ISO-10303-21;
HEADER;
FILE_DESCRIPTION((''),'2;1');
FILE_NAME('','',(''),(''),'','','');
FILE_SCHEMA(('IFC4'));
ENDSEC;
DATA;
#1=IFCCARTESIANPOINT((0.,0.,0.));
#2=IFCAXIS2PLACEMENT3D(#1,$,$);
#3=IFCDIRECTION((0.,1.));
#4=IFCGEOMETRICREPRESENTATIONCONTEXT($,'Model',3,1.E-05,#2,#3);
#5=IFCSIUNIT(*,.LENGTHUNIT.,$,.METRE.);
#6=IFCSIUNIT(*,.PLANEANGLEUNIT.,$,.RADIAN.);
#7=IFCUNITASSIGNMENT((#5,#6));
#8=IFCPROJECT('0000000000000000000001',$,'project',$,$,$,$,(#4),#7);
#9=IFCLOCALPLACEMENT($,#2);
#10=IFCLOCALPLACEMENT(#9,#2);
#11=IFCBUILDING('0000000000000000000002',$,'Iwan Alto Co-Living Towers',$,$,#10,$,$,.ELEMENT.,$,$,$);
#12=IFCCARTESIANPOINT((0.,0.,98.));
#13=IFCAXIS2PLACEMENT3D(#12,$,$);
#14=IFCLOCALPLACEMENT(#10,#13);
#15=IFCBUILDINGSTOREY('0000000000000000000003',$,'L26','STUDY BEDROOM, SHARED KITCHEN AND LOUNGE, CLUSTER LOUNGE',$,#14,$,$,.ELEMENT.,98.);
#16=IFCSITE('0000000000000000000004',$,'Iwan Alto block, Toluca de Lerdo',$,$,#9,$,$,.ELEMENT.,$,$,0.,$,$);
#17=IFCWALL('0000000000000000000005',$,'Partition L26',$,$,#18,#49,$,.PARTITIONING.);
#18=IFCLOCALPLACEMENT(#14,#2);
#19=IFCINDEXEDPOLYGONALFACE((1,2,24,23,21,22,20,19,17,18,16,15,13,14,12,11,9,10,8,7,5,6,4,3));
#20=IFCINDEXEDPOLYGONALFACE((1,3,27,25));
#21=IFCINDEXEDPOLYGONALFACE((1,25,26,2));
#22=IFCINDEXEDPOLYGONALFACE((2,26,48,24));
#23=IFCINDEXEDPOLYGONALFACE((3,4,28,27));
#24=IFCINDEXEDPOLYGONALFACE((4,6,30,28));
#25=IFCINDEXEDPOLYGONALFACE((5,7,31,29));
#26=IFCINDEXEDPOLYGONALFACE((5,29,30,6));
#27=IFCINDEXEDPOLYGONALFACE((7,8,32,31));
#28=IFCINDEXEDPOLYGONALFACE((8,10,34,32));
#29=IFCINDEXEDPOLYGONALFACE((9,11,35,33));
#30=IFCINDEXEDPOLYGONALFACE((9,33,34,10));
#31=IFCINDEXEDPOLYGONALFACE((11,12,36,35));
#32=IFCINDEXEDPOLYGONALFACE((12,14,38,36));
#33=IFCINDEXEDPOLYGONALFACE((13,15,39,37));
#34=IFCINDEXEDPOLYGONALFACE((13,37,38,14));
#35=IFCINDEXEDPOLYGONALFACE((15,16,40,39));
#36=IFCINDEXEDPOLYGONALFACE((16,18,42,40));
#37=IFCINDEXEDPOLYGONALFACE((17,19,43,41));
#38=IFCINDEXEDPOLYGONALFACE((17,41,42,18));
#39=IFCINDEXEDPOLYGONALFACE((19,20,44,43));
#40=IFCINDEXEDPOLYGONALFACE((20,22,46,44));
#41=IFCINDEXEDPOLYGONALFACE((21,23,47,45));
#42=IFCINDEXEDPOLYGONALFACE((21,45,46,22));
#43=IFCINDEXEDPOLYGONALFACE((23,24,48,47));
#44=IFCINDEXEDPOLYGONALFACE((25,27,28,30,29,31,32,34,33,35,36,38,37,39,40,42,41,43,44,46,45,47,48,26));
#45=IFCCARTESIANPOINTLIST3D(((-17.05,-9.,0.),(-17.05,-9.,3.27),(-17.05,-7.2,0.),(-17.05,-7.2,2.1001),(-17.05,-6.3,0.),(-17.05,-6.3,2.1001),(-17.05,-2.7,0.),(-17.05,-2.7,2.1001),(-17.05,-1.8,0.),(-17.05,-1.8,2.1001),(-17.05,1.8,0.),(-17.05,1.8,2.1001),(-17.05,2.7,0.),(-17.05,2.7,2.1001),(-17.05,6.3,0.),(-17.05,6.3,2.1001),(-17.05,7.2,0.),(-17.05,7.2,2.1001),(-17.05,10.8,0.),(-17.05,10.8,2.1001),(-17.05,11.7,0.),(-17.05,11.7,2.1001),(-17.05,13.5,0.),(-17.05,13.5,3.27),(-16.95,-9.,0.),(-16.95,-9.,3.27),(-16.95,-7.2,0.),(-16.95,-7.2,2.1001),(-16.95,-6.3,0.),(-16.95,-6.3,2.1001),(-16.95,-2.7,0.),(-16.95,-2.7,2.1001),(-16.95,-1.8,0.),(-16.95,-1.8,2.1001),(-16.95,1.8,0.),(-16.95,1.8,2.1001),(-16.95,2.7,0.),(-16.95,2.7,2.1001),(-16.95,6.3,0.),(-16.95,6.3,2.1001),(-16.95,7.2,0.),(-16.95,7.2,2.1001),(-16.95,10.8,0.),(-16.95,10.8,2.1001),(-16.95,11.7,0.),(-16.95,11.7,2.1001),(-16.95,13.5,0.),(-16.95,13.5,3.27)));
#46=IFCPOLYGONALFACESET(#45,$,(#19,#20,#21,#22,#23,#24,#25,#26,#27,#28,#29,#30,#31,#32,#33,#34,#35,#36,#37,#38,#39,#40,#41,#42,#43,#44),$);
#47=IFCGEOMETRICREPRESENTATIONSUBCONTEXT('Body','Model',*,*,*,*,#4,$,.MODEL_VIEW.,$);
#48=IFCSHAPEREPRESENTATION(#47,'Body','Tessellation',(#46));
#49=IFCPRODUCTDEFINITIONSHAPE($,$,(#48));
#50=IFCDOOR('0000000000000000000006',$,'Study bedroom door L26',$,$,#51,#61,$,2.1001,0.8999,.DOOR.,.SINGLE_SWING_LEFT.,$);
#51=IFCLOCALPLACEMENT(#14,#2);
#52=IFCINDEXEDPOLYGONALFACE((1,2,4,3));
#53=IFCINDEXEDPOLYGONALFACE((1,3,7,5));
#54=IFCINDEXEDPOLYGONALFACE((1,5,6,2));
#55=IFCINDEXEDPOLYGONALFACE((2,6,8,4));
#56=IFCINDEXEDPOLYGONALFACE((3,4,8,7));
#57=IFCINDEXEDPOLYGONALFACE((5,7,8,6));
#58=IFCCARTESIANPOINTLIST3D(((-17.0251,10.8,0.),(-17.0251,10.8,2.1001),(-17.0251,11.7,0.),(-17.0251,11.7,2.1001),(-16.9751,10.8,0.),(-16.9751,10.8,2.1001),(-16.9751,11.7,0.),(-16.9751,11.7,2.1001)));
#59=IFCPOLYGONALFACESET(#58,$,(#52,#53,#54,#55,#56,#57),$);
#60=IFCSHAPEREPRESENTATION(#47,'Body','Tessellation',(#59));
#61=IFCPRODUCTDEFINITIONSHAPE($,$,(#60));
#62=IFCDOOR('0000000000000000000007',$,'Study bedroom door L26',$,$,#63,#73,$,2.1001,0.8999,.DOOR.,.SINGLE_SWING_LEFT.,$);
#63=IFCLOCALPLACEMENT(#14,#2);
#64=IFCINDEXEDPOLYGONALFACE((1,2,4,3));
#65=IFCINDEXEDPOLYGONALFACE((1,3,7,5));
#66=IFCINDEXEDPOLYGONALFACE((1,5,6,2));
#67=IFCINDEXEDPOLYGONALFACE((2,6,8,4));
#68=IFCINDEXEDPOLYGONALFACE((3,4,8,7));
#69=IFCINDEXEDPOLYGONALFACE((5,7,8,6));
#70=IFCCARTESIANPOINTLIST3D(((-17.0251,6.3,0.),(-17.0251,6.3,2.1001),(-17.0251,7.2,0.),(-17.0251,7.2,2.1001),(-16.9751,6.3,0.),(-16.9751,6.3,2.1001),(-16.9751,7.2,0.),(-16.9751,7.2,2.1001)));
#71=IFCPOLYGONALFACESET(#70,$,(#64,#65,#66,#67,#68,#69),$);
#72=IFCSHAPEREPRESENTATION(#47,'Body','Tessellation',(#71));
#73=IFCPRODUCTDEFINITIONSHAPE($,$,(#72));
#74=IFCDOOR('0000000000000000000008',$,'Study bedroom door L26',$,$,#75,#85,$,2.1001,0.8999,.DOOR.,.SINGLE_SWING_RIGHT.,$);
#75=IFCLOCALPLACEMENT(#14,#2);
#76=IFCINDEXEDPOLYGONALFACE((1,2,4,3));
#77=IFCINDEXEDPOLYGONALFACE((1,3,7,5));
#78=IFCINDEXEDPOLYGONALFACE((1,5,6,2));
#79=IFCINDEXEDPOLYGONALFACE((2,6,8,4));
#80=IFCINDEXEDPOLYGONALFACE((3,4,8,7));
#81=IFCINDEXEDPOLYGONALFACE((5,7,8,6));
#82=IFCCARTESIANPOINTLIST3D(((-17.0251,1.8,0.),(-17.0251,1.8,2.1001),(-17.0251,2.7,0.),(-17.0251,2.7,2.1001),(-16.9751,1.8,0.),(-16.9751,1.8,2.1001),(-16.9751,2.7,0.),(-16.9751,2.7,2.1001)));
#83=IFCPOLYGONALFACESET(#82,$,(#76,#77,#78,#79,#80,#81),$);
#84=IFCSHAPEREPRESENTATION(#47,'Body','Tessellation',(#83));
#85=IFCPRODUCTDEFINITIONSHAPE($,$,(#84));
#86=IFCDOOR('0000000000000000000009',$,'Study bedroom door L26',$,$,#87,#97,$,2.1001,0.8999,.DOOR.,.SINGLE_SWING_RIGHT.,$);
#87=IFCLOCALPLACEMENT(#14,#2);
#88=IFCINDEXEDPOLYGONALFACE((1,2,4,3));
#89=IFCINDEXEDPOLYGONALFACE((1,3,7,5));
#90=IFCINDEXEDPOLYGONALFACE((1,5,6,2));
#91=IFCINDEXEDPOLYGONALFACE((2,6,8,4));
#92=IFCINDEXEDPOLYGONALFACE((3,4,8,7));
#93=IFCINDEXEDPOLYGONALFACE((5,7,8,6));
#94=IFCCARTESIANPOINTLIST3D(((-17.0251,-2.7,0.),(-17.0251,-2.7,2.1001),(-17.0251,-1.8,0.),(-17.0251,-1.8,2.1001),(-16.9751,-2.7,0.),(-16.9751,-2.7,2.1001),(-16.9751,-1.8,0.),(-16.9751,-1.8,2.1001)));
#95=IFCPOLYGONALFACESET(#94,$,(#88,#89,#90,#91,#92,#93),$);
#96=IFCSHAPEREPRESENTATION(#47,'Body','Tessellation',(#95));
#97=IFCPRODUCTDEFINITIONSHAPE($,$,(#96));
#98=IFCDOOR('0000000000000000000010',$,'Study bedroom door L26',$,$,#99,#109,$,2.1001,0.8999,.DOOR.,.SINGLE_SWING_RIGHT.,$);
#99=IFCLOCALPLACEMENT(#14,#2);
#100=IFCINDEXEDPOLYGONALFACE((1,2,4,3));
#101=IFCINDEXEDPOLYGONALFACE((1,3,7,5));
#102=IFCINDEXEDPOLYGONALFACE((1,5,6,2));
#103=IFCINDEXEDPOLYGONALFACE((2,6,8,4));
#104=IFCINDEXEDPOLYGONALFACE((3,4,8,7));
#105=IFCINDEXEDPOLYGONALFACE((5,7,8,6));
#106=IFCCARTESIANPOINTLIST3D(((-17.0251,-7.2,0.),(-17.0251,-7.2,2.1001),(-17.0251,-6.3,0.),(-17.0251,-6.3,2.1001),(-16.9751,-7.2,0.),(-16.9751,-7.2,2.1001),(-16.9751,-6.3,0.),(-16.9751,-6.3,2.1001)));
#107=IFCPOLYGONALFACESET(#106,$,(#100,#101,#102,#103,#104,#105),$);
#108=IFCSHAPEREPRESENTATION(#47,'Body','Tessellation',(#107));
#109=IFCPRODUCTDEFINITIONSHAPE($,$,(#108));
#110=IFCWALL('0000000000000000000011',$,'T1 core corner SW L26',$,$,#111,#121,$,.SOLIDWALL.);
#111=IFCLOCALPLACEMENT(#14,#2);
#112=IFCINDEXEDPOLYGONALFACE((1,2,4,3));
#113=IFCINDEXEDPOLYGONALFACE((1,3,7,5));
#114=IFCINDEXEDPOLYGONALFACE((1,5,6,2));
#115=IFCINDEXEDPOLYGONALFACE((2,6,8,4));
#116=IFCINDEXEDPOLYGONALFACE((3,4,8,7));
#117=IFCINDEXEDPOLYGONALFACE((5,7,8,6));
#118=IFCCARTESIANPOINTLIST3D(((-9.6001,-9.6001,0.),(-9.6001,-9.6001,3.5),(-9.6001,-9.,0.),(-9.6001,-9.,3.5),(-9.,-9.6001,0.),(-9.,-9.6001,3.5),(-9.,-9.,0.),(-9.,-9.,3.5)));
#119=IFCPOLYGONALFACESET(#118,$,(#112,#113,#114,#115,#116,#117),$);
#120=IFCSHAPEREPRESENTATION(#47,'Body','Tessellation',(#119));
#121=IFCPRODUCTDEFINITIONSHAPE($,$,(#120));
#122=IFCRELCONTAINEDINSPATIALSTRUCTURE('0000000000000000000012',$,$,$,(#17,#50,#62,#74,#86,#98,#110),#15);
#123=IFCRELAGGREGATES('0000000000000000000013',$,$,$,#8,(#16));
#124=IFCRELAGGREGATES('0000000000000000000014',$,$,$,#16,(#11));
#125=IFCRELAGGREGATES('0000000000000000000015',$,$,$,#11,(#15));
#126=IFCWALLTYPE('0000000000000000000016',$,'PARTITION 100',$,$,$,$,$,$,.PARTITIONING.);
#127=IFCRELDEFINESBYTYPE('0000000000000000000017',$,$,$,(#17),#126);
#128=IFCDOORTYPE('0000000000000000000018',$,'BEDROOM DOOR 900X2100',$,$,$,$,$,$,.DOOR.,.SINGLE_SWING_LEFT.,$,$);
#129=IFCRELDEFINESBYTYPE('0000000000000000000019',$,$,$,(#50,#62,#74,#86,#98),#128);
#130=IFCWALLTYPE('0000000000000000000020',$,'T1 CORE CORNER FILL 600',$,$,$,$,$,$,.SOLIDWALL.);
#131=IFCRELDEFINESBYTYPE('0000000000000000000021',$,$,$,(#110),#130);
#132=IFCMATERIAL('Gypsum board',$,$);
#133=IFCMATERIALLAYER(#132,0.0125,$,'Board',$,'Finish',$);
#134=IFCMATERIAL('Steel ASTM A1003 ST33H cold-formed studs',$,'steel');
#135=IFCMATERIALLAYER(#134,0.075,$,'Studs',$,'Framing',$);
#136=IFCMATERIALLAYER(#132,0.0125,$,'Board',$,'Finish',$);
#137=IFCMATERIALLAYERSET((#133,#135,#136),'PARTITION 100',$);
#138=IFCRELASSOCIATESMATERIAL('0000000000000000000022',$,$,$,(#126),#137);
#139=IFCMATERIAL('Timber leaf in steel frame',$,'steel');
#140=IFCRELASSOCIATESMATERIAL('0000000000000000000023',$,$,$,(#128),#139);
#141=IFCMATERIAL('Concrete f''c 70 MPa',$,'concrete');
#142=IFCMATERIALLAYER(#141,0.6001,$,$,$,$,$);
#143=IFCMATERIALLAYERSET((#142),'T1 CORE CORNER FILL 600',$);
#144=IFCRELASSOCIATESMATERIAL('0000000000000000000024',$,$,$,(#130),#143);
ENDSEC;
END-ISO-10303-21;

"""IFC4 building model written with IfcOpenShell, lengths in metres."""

from ifc_helpers import new_model, si_unit, direction, frame, frame_2d, origin, place, context, subcontext, project, spatial, rectangle, extrude, material, layer, layer_set, type_object, element, fill, save


model = new_model("IFC4")

# Units and contexts
model_context = context("Model", 3, precision=1e-05, world=origin(), true_north=direction((0.0, 1.0)))
body_context = subcontext(model_context, "Body", "Model", "MODEL_VIEW")
ifc_project = project(units=[si_unit("LENGTHUNIT", "METRE"), si_unit("PLANEANGLEUNIT", "RADIAN")], contexts=[model_context])

# Site, building, storey
site_placement = place(None, origin())
site = spatial("IfcSite", under=ifc_project, at=site_placement, Name="Iwan Alto block, Toluca de Lerdo", CompositionType="ELEMENT", RefElevation=0.0)
building_placement = place(site_placement, origin())
building = spatial("IfcBuilding", under=site, at=building_placement, Name="Iwan Alto Co-Living Towers", CompositionType="ELEMENT")
storey_placement = place(building_placement, frame((0.0, 0.0, 98.0)))
storey = spatial("IfcBuildingStorey", under=building, at=storey_placement, Name="L26", Description="STUDY BEDROOM, SHARED KITCHEN AND LOUNGE, CLUSTER LOUNGE", CompositionType="ELEMENT", Elevation=98.0)

# Shared definitions
ifc_material_1 = material(Name="Gypsum board")
ifc_material_2 = material(Name="Steel ASTM A1003 ST33H cold-formed studs", Category="steel")

# Wall, openings, doors
ifc_layer_1 = layer(ifc_material_1, 0.0125, Name="Board", Category="Finish")
ifc_layer_2 = layer(ifc_material_2, 0.075, Name="Studs", Category="Framing")
ifc_layer_3 = layer(ifc_material_1, 0.0125, Name="Board", Category="Finish")
ifc_layer_set_1 = layer_set([ifc_layer_1, ifc_layer_2, ifc_layer_3], Name="PARTITION 100")
wall_type_1 = type_object("IfcWallType", Name="PARTITION 100", PredefinedType="PARTITIONING", material=ifc_layer_set_1)
wall_1_placement = place(storey_placement, frame((-17.0, -9.0, 0.0), z_axis=(0.0, 0.0, 1.0), x_axis=(0.0, 1.0, 0.0)))
wall_1 = element("IfcWall", 1, at=wall_1_placement, inside=storey, type_object=wall_type_1, Name="Partition L26", PredefinedType="PARTITIONING", context=body_context, shape_type="SweptSolid", body=[
    extrude(rectangle(XDim=22.5, YDim=0.1001, at=frame_2d((11.25, 0.0))), origin(), (0.0, 0.0, 1.0), 3.27),
])
opening_1_placement = place(wall_1_placement, frame((19.8, 0.0, 0.0)))
opening_1 = element("IfcOpeningElement", 2, at=opening_1_placement, cuts=wall_1, PredefinedType="OPENING", context=body_context, shape_type="SweptSolid", body=[
    extrude(rectangle(XDim=0.8999, YDim=2.1001, at=frame_2d((0.45, 1.05))), frame((0.0, 0.0601, 0.0), z_axis=(0.0, -1.0, 0.0), x_axis=(1.0, 0.0, 0.0)), (0.0, 0.0, 1.0), 0.1201),
])
opening_2_placement = place(wall_1_placement, frame((15.3, 0.0, 0.0)))
opening_2 = element("IfcOpeningElement", 3, at=opening_2_placement, cuts=wall_1, PredefinedType="OPENING", context=body_context, shape_type="SweptSolid", body=[
    extrude(rectangle(XDim=0.8999, YDim=2.1001, at=frame_2d((0.45, 1.05))), frame((0.0, 0.0601, 0.0), z_axis=(0.0, -1.0, 0.0), x_axis=(1.0, 0.0, 0.0)), (0.0, 0.0, 1.0), 0.1201),
])
opening_3_placement = place(wall_1_placement, frame((10.8, 0.0, 0.0)))
opening_3 = element("IfcOpeningElement", 4, at=opening_3_placement, cuts=wall_1, PredefinedType="OPENING", context=body_context, shape_type="SweptSolid", body=[
    extrude(rectangle(XDim=0.8999, YDim=2.1001, at=frame_2d((0.45, 1.05))), frame((0.0, 0.0601, 0.0), z_axis=(0.0, -1.0, 0.0), x_axis=(1.0, 0.0, 0.0)), (0.0, 0.0, 1.0), 0.1201),
])
opening_4_placement = place(wall_1_placement, frame((6.3, 0.0, 0.0)))
opening_4 = element("IfcOpeningElement", 5, at=opening_4_placement, cuts=wall_1, PredefinedType="OPENING", context=body_context, shape_type="SweptSolid", body=[
    extrude(rectangle(XDim=0.8999, YDim=2.1001, at=frame_2d((0.45, 1.05))), frame((0.0, 0.0601, 0.0), z_axis=(0.0, -1.0, 0.0), x_axis=(1.0, 0.0, 0.0)), (0.0, 0.0, 1.0), 0.1201),
])
opening_5_placement = place(wall_1_placement, frame((1.8, 0.0, 0.0)))
opening_5 = element("IfcOpeningElement", 6, at=opening_5_placement, cuts=wall_1, PredefinedType="OPENING", context=body_context, shape_type="SweptSolid", body=[
    extrude(rectangle(XDim=0.8999, YDim=2.1001, at=frame_2d((0.45, 1.05))), frame((0.0, 0.0601, 0.0), z_axis=(0.0, -1.0, 0.0), x_axis=(1.0, 0.0, 0.0)), (0.0, 0.0, 1.0), 0.1201),
])
ifc_material_3 = material(Name="Timber leaf in steel frame", Category="steel")
door_type_1 = type_object("IfcDoorType", Name="BEDROOM DOOR 900X2100", OperationType="SINGLE_SWING_LEFT", PredefinedType="DOOR", material=ifc_material_3)
door_1_placement = place(opening_1_placement, frame((0.8999, 0.0, 0.0), z_axis=(0.0, 0.0, 1.0), x_axis=(-1.0, 0.0, 0.0)))
door_1 = element("IfcDoor", 7, at=door_1_placement, inside=storey, type_object=door_type_1, Name="Study bedroom door L26", OperationType="SINGLE_SWING_LEFT", OverallHeight=2.1001, OverallWidth=0.8999, PredefinedType="DOOR", context=body_context, shape_type="SweptSolid", body=[
    extrude(rectangle(XDim=0.8999, YDim=2.1001, at=frame_2d((0.45, 1.05))), frame((0.0, 0.0249, 0.0), z_axis=(0.0, -1.0, 0.0), x_axis=(1.0, 0.0, 0.0)), (0.0, 0.0, 1.0), 0.05),
])
fill(opening_1, door_1)
door_2_placement = place(opening_2_placement, frame((0.8999, 0.0, 0.0), z_axis=(0.0, 0.0, 1.0), x_axis=(-1.0, 0.0, 0.0)))
door_2 = element("IfcDoor", 8, at=door_2_placement, inside=storey, type_object=door_type_1, Name="Study bedroom door L26", OperationType="SINGLE_SWING_LEFT", OverallHeight=2.1001, OverallWidth=0.8999, PredefinedType="DOOR", context=body_context, shape_type="SweptSolid", body=[
    extrude(rectangle(XDim=0.8999, YDim=2.1001, at=frame_2d((0.45, 1.05))), frame((0.0, 0.0249, 0.0), z_axis=(0.0, -1.0, 0.0), x_axis=(1.0, 0.0, 0.0)), (0.0, 0.0, 1.0), 0.05),
])
fill(opening_2, door_2)
door_3_placement = place(opening_3_placement, frame((0.8999, 0.0, 0.0), z_axis=(0.0, 0.0, 1.0), x_axis=(-1.0, 0.0, 0.0)))
door_3 = element("IfcDoor", 9, at=door_3_placement, inside=storey, type_object=door_type_1, Name="Study bedroom door L26", OperationType="SINGLE_SWING_RIGHT", OverallHeight=2.1001, OverallWidth=0.8999, PredefinedType="DOOR", context=body_context, shape_type="SweptSolid", body=[
    extrude(rectangle(XDim=0.8999, YDim=2.1001, at=frame_2d((0.45, 1.05))), frame((0.0, 0.0249, 0.0), z_axis=(0.0, -1.0, 0.0), x_axis=(1.0, 0.0, 0.0)), (0.0, 0.0, 1.0), 0.05),
])
fill(opening_3, door_3)
door_4_placement = place(opening_4_placement, frame((0.8999, 0.0, 0.0), z_axis=(0.0, 0.0, 1.0), x_axis=(-1.0, 0.0, 0.0)))
door_4 = element("IfcDoor", 10, at=door_4_placement, inside=storey, type_object=door_type_1, Name="Study bedroom door L26", OperationType="SINGLE_SWING_RIGHT", OverallHeight=2.1001, OverallWidth=0.8999, PredefinedType="DOOR", context=body_context, shape_type="SweptSolid", body=[
    extrude(rectangle(XDim=0.8999, YDim=2.1001, at=frame_2d((0.45, 1.05))), frame((0.0, 0.0249, 0.0), z_axis=(0.0, -1.0, 0.0), x_axis=(1.0, 0.0, 0.0)), (0.0, 0.0, 1.0), 0.05),
])
fill(opening_4, door_4)
door_5_placement = place(opening_5_placement, frame((0.8999, 0.0, 0.0), z_axis=(0.0, 0.0, 1.0), x_axis=(-1.0, 0.0, 0.0)))
door_5 = element("IfcDoor", 11, at=door_5_placement, inside=storey, type_object=door_type_1, Name="Study bedroom door L26", OperationType="SINGLE_SWING_RIGHT", OverallHeight=2.1001, OverallWidth=0.8999, PredefinedType="DOOR", context=body_context, shape_type="SweptSolid", body=[
    extrude(rectangle(XDim=0.8999, YDim=2.1001, at=frame_2d((0.45, 1.05))), frame((0.0, 0.0249, 0.0), z_axis=(0.0, -1.0, 0.0), x_axis=(1.0, 0.0, 0.0)), (0.0, 0.0, 1.0), 0.05),
])
fill(opening_5, door_5)

# Wall
ifc_material_4 = material(Name="Concrete f'c 70 MPa", Category="concrete")
ifc_layer_4 = layer(ifc_material_4, 0.6001)
ifc_layer_set_2 = layer_set([ifc_layer_4], Name="T1 CORE CORNER FILL 600")
wall_type_2 = type_object("IfcWallType", Name="T1 CORE CORNER FILL 600", PredefinedType="SOLIDWALL", material=ifc_layer_set_2)
wall_2_placement = place(storey_placement, frame((-9.6001, -9.3, 0.0), z_axis=(0.0, 0.0, 1.0), x_axis=(1.0, 0.0, 0.0)))
element("IfcWall", 12, at=wall_2_placement, inside=storey, type_object=wall_type_2, Name="T1 core corner SW L26", PredefinedType="SOLIDWALL", context=body_context, shape_type="SweptSolid", body=[
    extrude(rectangle(XDim=0.6001, YDim=0.6001, at=frame_2d((0.3, 0.0))), origin(), (0.0, 0.0, 1.0), 3.5),
])

save(model, "model.ifc")
